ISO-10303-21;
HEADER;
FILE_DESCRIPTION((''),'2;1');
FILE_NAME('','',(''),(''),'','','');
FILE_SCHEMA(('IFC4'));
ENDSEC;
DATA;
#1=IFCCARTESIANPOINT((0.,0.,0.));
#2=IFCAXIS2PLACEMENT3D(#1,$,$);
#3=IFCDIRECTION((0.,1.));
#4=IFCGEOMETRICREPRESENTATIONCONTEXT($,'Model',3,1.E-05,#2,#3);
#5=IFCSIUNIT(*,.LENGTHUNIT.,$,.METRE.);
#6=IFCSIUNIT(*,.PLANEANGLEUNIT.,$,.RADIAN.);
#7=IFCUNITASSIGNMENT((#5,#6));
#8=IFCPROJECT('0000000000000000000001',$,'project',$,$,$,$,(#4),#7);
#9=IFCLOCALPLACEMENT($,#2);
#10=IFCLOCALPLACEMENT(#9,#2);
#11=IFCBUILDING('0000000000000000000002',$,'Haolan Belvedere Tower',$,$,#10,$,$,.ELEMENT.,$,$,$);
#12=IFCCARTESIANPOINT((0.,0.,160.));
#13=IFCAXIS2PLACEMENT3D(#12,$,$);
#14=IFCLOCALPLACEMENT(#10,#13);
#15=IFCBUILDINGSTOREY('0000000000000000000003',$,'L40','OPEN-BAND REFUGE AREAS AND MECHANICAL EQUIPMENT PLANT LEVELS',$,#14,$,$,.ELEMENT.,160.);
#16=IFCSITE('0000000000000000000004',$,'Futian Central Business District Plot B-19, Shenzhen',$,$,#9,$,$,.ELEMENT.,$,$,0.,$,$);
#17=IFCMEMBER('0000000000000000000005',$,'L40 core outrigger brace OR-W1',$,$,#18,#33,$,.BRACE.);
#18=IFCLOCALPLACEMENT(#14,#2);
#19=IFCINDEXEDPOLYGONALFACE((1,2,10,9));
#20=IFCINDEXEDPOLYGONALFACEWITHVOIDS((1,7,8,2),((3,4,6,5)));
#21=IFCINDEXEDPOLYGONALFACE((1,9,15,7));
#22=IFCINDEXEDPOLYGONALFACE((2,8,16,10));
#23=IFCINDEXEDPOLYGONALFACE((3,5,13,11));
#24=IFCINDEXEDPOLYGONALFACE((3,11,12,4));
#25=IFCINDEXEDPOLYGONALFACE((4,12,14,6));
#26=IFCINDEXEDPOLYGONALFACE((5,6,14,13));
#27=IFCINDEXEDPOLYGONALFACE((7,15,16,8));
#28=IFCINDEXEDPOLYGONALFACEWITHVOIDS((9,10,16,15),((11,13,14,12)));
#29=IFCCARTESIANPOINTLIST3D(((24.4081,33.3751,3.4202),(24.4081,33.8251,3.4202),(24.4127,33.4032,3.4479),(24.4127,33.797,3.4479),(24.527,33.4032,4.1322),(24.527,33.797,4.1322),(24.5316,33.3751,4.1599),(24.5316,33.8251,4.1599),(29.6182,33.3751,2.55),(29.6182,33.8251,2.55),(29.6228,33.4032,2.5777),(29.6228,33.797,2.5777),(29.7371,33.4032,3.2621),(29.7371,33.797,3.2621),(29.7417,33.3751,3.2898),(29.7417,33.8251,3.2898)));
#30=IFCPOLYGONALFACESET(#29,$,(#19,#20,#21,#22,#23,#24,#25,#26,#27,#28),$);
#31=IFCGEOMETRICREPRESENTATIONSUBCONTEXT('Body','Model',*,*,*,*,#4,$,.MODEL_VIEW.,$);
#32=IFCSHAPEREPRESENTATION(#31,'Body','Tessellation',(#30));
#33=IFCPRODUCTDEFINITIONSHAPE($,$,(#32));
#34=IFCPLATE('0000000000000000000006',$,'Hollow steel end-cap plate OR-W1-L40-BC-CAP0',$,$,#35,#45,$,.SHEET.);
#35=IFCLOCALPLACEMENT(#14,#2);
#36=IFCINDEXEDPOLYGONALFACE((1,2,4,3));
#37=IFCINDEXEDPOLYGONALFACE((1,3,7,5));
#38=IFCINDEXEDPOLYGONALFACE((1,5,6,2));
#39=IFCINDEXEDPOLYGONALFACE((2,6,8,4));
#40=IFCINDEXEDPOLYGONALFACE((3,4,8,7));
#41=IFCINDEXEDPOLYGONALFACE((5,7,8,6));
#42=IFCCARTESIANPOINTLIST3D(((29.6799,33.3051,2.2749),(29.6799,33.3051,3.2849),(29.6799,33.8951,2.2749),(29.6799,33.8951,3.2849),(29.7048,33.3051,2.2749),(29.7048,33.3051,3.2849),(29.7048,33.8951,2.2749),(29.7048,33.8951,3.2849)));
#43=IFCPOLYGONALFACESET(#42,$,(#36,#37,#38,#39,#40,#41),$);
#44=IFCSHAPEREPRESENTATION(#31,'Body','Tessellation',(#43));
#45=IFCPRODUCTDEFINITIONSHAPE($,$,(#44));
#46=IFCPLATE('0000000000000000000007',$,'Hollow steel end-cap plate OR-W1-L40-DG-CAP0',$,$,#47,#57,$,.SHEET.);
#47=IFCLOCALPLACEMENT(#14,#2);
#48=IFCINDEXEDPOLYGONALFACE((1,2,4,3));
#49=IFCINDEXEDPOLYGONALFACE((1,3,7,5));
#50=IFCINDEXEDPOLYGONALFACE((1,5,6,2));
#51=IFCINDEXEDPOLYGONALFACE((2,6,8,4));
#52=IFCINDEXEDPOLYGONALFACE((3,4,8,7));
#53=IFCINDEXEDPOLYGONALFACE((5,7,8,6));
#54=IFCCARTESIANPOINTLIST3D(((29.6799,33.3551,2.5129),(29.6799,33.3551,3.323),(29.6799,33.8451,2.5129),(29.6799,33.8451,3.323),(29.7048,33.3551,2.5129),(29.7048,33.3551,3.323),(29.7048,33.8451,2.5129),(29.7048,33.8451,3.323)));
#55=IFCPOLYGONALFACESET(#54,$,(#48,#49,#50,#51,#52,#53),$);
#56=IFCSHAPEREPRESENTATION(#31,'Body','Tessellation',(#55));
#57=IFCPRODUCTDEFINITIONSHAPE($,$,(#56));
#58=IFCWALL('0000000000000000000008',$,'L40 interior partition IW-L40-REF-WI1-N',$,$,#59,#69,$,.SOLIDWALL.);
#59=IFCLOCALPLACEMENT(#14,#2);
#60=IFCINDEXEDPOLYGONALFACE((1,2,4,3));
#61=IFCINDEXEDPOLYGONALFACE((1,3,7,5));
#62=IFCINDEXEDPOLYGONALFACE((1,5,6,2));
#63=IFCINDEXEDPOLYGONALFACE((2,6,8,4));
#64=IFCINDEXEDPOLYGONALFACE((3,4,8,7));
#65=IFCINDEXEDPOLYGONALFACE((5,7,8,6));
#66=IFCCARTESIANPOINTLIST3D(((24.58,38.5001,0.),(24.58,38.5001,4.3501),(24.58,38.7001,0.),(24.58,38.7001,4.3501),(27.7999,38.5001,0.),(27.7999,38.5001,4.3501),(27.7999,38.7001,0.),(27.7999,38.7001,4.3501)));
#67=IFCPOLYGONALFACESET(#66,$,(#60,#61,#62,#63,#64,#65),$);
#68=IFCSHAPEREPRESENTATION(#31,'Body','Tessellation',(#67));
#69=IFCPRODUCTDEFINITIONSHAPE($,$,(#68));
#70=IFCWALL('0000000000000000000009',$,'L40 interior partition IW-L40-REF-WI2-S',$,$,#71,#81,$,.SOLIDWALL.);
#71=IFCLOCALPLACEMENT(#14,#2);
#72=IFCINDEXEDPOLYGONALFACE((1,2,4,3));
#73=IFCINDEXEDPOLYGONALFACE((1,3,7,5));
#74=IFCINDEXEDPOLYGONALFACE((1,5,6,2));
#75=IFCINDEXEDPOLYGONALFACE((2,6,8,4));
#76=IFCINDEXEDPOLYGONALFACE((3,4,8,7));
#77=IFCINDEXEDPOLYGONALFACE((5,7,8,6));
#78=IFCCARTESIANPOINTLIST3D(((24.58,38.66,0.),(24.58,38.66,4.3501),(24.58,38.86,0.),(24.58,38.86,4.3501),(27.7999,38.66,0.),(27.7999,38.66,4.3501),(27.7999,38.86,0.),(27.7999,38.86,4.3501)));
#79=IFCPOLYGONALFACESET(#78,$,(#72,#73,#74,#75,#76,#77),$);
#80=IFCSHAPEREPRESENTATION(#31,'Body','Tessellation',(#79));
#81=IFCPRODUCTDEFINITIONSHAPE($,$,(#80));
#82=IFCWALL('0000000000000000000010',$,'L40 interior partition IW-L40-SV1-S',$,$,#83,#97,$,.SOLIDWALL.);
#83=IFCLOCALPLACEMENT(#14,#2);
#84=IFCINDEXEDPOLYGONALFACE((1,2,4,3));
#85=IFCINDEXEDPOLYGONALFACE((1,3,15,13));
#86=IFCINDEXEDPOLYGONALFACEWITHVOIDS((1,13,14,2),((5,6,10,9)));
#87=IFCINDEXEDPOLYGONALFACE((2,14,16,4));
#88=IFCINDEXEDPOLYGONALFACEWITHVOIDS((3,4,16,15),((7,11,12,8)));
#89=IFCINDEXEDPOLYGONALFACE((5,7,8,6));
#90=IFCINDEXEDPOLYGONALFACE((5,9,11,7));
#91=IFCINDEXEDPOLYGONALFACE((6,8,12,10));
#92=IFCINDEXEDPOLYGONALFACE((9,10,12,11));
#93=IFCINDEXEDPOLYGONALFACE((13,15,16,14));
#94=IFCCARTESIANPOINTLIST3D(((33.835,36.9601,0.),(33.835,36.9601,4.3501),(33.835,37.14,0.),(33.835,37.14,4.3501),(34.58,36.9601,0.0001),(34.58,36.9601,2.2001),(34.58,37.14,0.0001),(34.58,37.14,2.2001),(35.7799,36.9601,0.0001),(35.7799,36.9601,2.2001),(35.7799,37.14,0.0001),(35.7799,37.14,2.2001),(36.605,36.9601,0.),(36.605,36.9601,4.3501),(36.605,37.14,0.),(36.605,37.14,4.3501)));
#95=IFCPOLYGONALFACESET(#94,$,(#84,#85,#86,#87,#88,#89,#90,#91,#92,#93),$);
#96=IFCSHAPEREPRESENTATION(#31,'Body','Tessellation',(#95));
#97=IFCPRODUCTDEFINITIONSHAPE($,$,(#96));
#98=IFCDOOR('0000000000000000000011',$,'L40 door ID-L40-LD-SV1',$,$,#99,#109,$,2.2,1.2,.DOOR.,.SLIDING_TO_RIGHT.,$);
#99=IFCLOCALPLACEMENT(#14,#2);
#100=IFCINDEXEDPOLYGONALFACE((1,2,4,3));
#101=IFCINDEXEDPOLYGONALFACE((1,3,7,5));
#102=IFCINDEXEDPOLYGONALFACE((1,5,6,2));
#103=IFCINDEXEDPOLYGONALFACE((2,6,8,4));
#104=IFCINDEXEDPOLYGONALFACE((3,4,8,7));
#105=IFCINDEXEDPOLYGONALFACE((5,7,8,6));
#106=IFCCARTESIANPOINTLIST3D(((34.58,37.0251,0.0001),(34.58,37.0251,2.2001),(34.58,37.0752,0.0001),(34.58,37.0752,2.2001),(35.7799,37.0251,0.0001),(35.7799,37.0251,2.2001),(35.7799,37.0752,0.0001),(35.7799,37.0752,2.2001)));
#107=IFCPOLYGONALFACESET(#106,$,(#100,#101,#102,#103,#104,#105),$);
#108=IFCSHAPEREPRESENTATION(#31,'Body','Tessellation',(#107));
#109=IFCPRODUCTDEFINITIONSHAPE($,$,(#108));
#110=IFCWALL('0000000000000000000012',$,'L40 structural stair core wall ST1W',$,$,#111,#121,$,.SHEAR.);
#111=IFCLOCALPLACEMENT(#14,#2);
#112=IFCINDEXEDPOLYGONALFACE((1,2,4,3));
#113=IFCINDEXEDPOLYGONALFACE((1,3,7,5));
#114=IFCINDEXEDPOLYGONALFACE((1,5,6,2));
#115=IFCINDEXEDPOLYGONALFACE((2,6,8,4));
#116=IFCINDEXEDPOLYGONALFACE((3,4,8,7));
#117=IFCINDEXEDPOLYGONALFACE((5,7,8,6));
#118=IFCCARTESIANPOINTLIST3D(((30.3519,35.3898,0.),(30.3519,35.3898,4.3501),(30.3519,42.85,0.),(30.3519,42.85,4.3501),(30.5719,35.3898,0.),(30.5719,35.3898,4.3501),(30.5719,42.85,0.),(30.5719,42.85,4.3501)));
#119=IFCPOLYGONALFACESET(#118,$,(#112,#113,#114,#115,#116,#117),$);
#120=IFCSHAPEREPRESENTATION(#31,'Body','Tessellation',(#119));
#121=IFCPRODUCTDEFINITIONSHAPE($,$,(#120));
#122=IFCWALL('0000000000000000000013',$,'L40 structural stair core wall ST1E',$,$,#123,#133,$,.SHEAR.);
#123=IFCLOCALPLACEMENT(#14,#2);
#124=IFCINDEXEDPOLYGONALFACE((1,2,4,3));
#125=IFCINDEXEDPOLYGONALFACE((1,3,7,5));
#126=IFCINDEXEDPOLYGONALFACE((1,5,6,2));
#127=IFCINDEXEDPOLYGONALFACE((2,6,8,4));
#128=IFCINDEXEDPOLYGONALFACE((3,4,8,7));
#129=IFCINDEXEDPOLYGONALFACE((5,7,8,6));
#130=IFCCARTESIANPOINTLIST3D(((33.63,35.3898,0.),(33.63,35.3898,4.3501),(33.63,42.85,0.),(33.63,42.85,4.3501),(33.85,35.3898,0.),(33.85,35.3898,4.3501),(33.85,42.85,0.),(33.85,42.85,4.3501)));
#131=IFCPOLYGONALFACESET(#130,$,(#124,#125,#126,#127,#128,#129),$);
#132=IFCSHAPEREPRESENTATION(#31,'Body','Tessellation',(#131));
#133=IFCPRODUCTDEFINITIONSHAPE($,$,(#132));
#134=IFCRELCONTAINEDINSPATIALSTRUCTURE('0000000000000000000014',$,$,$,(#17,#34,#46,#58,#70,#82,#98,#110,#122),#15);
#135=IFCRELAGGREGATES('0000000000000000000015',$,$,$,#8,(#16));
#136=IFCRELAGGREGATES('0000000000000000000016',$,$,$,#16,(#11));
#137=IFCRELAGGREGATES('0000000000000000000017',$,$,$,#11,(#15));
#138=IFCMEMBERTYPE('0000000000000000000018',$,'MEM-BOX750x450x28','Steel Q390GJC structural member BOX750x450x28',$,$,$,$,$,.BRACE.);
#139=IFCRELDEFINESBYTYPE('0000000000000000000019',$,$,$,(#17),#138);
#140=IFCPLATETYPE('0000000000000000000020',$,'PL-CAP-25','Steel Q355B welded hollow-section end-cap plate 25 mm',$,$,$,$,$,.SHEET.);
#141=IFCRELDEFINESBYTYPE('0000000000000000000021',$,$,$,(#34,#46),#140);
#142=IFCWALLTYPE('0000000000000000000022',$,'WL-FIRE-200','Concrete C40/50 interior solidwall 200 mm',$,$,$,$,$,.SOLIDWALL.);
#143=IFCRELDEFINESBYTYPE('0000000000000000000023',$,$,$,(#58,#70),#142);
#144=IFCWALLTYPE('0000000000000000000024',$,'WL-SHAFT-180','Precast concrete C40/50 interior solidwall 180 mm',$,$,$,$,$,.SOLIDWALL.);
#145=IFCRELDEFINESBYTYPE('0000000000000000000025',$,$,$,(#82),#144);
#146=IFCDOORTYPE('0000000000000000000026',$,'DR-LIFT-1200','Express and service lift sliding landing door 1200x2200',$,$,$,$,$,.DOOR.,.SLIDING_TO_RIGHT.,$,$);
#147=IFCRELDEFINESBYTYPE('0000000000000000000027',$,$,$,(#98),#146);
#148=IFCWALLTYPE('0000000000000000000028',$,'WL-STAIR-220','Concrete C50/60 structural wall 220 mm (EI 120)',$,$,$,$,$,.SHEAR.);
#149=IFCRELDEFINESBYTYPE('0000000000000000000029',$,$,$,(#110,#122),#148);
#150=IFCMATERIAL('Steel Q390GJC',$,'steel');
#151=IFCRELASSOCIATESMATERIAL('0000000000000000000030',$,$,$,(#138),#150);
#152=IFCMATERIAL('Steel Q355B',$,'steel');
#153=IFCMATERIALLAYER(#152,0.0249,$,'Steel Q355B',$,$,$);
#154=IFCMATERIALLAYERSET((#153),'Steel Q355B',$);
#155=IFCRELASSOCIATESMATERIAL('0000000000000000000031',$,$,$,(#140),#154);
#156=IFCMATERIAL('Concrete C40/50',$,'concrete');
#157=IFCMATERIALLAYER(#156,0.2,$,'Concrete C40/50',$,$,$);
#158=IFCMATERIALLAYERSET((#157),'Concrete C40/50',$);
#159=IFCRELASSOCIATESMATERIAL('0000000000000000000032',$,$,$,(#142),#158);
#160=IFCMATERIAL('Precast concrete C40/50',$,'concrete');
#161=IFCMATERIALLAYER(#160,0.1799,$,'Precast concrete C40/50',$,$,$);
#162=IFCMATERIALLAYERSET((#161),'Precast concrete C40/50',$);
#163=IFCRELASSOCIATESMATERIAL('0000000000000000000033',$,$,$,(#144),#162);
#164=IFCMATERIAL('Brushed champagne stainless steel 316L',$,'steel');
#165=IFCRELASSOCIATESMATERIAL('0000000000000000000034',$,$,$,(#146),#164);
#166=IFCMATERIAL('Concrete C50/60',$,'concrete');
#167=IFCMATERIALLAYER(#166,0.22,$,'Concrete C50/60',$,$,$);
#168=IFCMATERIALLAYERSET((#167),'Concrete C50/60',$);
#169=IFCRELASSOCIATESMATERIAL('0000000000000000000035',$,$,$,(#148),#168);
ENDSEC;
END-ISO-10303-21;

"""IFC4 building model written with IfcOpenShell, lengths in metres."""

from ifc_helpers import new_model, si_unit, direction, frame, frame_2d, origin, origin_2d, place, context, subcontext, project, spatial, rectangle, hollow_rectangle, extrude, material, layer, layer_set, material_profile, profile_set, type_object, element, fill, save


model = new_model("IFC4")

# Units and contexts
model_context = context("Model", 3, precision=1e-05, world=origin(), true_north=direction((0.0, 1.0)))
body_context = subcontext(model_context, "Body", "Model", "MODEL_VIEW")
ifc_project = project(units=[si_unit("LENGTHUNIT", "METRE"), si_unit("PLANEANGLEUNIT", "RADIAN")], contexts=[model_context])

# Site, building, storey
site_placement = place(None, origin())
site = spatial("IfcSite", under=ifc_project, at=site_placement, Name="Futian Central Business District Plot B-19, Shenzhen", CompositionType="ELEMENT", RefElevation=0.0)
building_placement = place(site_placement, origin())
building = spatial("IfcBuilding", under=site, at=building_placement, Name="Haolan Belvedere Tower", CompositionType="ELEMENT")
storey_placement = place(building_placement, frame((0.0, 0.0, 160.0)))
storey = spatial("IfcBuildingStorey", under=building, at=storey_placement, Name="L40", Description="OPEN-BAND REFUGE AREAS AND MECHANICAL EQUIPMENT PLANT LEVELS", CompositionType="ELEMENT", Elevation=160.0)

# Member
ifc_material_1 = material(Name="Steel Q390GJC", Category="steel")
ifc_material_profile = material_profile(ifc_material_1, hollow_rectangle(XDim=0.45, YDim=0.75, WallThickness=0.0281, at=origin_2d()), Name="Steel Q390GJC")
ifc_profile_set = profile_set([ifc_material_profile], Name="Steel Q390GJC")
member_type = type_object("IfcMemberType", Name="MEM-BOX750x450x28", Description="Steel Q390GJC structural member BOX750x450x28", PredefinedType="BRACE", material=ifc_profile_set)
member_placement = place(storey_placement, frame((29.6799, 33.6001, 2.9199), z_axis=(-0.986339, 0.0, 0.164729), x_axis=(0.0, -1.0, 0.0)))
element("IfcMember", 1, at=member_placement, inside=storey, type_object=member_type, Name="L40 core outrigger brace OR-W1", PredefinedType="BRACE", context=body_context, shape_type="SweptSolid", body=[
    extrude(hollow_rectangle(XDim=0.45, YDim=0.75, WallThickness=0.0281, at=origin_2d()), origin(), (0.0, 0.0, 1.0), 5.2822),
])

# Plates
ifc_material_2 = material(Name="Steel Q355B", Category="steel")
ifc_layer_1 = layer(ifc_material_2, 0.0249, Name="Steel Q355B")
ifc_layer_set_1 = layer_set([ifc_layer_1], Name="Steel Q355B")
plate_type = type_object("IfcPlateType", Name="PL-CAP-25", Description="Steel Q355B welded hollow-section end-cap plate 25 mm", PredefinedType="SHEET", material=ifc_layer_set_1)
plate_1_placement = place(storey_placement, frame((29.6924, 33.6001, 2.2749), z_axis=(0.0, 0.0, 1.0), x_axis=(0.0, 1.0, 0.0)))
element("IfcPlate", 2, at=plate_1_placement, inside=storey, type_object=plate_type, Name="Hollow steel end-cap plate OR-W1-L40-BC-CAP0", PredefinedType="SHEET", context=body_context, shape_type="SweptSolid", body=[
    extrude(rectangle(XDim=0.5901, YDim=0.0249, at=origin_2d()), origin(), (0.0, 0.0, 1.0), 1.01),
])
plate_2_placement = place(storey_placement, frame((29.6924, 33.6001, 2.5129), z_axis=(0.0, 0.0, 1.0), x_axis=(0.0, 1.0, 0.0)))
element("IfcPlate", 3, at=plate_2_placement, inside=storey, type_object=plate_type, Name="Hollow steel end-cap plate OR-W1-L40-DG-CAP0", PredefinedType="SHEET", context=body_context, shape_type="SweptSolid", body=[
    extrude(rectangle(XDim=0.49, YDim=0.0249, at=origin_2d()), origin(), (0.0, 0.0, 1.0), 0.8101),
])

# Walls
ifc_material_3 = material(Name="Concrete C40/50", Category="concrete")
ifc_layer_2 = layer(ifc_material_3, 0.2, Name="Concrete C40/50")
ifc_layer_set_2 = layer_set([ifc_layer_2], Name="Concrete C40/50")
wall_type_1 = type_object("IfcWallType", Name="WL-FIRE-200", Description="Concrete C40/50 interior solidwall 200 mm", PredefinedType="SOLIDWALL", material=ifc_layer_set_2)
for number, where, z_axis, x_axis, name in (
    (4, (24.5801, 38.6001, 0.0), (0.0, 0.0, 1.0), (1.0, 0.0, 0.0), "L40 interior partition IW-L40-REF-WI1-N"),
    (5, (24.5801, 38.76, 0.0), (0.0, 0.0, 1.0), (1.0, 0.0, 0.0), "L40 interior partition IW-L40-REF-WI2-S"),
):
    element("IfcWall", number, at=place(storey_placement, frame(where, z_axis=z_axis, x_axis=x_axis)), inside=storey, type_object=wall_type_1, Name=name, PredefinedType="SOLIDWALL", context=body_context, shape_type="SweptSolid", body=[
        extrude(rectangle(XDim=3.22, YDim=0.2, at=frame_2d((1.6099, 0.0))), origin(), (0.0, 0.0, 1.0), 4.3501),
    ])

# Wall, opening, door
ifc_material_4 = material(Name="Precast concrete C40/50", Category="concrete")
ifc_layer_3 = layer(ifc_material_4, 0.1799, Name="Precast concrete C40/50")
ifc_layer_set_3 = layer_set([ifc_layer_3], Name="Precast concrete C40/50")
wall_type_2 = type_object("IfcWallType", Name="WL-SHAFT-180", Description="Precast concrete C40/50 interior solidwall 180 mm", PredefinedType="SOLIDWALL", material=ifc_layer_set_3)
wall_1_placement = place(storey_placement, frame((33.835, 37.05, 0.0), z_axis=(0.0, 0.0, 1.0), x_axis=(1.0, 0.0, 0.0)))
wall_1 = element("IfcWall", 6, at=wall_1_placement, inside=storey, type_object=wall_type_2, Name="L40 interior partition IW-L40-SV1-S", PredefinedType="SOLIDWALL", context=body_context, shape_type="SweptSolid", body=[
    extrude(rectangle(XDim=2.77, YDim=0.1799, at=frame_2d((1.385, 0.0))), origin(), (0.0, 0.0, 1.0), 4.3501),
])
opening_1_placement = place(wall_1_placement, frame((1.9451, 0.0, 0.0), z_axis=(0.0, 0.0, 1.0), x_axis=(-1.0, 0.0, 0.0)))
opening_1 = element("IfcOpeningElement", 7, at=opening_1_placement, cuts=wall_1, PredefinedType="OPENING", context=body_context, shape_type="SweptSolid", body=[
    extrude(rectangle(XDim=1.2, YDim=2.2, at=frame_2d((0.6001, 1.1001))), frame((0.0, 0.0999, 0.0), z_axis=(0.0, -1.0, 0.0), x_axis=(1.0, 0.0, 0.0)), (0.0, 0.0, 1.0), 0.2),
])
ifc_material_5 = material(Name="Brushed champagne stainless steel 316L", Category="steel")
door_type_1 = type_object("IfcDoorType", Name="DR-LIFT-1200", Description="Express and service lift sliding landing door 1200x2200", OperationType="SLIDING_TO_RIGHT", PredefinedType="DOOR", material=ifc_material_5)
door_1_placement = place(opening_1_placement, origin())
door_1 = element("IfcDoor", 8, at=door_1_placement, inside=storey, type_object=door_type_1, Name="L40 door ID-L40-LD-SV1", OperationType="SLIDING_TO_RIGHT", OverallHeight=2.2, OverallWidth=1.2, PredefinedType="DOOR", context=body_context, shape_type="SweptSolid", body=[
    extrude(rectangle(XDim=1.2, YDim=2.2, at=frame_2d((0.6001, 1.1001))), frame((0.0, 0.0249, 0.0), z_axis=(0.0, -1.0, 0.0), x_axis=(1.0, 0.0, 0.0)), (0.0, 0.0, 1.0), 0.05),
])
fill(opening_1, door_1)

# Walls
ifc_material_6 = material(Name="Concrete C50/60", Category="concrete")
ifc_layer_4 = layer(ifc_material_6, 0.22, Name="Concrete C50/60")
ifc_layer_set_4 = layer_set([ifc_layer_4], Name="Concrete C50/60")
wall_type_3 = type_object("IfcWallType", Name="WL-STAIR-220", Description="Concrete C50/60 structural wall 220 mm (EI 120)", PredefinedType="SHEAR", material=ifc_layer_set_4)
for number, where, z_axis, x_axis, name in (
    (9, (30.4619, 35.3899, 0.0), (0.0, 0.0, 1.0), (0.0, 1.0, 0.0), "L40 structural stair core wall ST1W"),
    (10, (33.74, 35.3899, 0.0), (0.0, 0.0, 1.0), (0.0, 1.0, 0.0), "L40 structural stair core wall ST1E"),
):
    element("IfcWall", number, at=place(storey_placement, frame(where, z_axis=z_axis, x_axis=x_axis)), inside=storey, type_object=wall_type_3, Name=name, PredefinedType="SHEAR", context=body_context, shape_type="SweptSolid", body=[
        extrude(rectangle(XDim=7.4602, YDim=0.22, at=frame_2d((3.73, 0.0))), origin(), (0.0, 0.0, 1.0), 4.3501),
    ])

save(model, "model.ifc")
